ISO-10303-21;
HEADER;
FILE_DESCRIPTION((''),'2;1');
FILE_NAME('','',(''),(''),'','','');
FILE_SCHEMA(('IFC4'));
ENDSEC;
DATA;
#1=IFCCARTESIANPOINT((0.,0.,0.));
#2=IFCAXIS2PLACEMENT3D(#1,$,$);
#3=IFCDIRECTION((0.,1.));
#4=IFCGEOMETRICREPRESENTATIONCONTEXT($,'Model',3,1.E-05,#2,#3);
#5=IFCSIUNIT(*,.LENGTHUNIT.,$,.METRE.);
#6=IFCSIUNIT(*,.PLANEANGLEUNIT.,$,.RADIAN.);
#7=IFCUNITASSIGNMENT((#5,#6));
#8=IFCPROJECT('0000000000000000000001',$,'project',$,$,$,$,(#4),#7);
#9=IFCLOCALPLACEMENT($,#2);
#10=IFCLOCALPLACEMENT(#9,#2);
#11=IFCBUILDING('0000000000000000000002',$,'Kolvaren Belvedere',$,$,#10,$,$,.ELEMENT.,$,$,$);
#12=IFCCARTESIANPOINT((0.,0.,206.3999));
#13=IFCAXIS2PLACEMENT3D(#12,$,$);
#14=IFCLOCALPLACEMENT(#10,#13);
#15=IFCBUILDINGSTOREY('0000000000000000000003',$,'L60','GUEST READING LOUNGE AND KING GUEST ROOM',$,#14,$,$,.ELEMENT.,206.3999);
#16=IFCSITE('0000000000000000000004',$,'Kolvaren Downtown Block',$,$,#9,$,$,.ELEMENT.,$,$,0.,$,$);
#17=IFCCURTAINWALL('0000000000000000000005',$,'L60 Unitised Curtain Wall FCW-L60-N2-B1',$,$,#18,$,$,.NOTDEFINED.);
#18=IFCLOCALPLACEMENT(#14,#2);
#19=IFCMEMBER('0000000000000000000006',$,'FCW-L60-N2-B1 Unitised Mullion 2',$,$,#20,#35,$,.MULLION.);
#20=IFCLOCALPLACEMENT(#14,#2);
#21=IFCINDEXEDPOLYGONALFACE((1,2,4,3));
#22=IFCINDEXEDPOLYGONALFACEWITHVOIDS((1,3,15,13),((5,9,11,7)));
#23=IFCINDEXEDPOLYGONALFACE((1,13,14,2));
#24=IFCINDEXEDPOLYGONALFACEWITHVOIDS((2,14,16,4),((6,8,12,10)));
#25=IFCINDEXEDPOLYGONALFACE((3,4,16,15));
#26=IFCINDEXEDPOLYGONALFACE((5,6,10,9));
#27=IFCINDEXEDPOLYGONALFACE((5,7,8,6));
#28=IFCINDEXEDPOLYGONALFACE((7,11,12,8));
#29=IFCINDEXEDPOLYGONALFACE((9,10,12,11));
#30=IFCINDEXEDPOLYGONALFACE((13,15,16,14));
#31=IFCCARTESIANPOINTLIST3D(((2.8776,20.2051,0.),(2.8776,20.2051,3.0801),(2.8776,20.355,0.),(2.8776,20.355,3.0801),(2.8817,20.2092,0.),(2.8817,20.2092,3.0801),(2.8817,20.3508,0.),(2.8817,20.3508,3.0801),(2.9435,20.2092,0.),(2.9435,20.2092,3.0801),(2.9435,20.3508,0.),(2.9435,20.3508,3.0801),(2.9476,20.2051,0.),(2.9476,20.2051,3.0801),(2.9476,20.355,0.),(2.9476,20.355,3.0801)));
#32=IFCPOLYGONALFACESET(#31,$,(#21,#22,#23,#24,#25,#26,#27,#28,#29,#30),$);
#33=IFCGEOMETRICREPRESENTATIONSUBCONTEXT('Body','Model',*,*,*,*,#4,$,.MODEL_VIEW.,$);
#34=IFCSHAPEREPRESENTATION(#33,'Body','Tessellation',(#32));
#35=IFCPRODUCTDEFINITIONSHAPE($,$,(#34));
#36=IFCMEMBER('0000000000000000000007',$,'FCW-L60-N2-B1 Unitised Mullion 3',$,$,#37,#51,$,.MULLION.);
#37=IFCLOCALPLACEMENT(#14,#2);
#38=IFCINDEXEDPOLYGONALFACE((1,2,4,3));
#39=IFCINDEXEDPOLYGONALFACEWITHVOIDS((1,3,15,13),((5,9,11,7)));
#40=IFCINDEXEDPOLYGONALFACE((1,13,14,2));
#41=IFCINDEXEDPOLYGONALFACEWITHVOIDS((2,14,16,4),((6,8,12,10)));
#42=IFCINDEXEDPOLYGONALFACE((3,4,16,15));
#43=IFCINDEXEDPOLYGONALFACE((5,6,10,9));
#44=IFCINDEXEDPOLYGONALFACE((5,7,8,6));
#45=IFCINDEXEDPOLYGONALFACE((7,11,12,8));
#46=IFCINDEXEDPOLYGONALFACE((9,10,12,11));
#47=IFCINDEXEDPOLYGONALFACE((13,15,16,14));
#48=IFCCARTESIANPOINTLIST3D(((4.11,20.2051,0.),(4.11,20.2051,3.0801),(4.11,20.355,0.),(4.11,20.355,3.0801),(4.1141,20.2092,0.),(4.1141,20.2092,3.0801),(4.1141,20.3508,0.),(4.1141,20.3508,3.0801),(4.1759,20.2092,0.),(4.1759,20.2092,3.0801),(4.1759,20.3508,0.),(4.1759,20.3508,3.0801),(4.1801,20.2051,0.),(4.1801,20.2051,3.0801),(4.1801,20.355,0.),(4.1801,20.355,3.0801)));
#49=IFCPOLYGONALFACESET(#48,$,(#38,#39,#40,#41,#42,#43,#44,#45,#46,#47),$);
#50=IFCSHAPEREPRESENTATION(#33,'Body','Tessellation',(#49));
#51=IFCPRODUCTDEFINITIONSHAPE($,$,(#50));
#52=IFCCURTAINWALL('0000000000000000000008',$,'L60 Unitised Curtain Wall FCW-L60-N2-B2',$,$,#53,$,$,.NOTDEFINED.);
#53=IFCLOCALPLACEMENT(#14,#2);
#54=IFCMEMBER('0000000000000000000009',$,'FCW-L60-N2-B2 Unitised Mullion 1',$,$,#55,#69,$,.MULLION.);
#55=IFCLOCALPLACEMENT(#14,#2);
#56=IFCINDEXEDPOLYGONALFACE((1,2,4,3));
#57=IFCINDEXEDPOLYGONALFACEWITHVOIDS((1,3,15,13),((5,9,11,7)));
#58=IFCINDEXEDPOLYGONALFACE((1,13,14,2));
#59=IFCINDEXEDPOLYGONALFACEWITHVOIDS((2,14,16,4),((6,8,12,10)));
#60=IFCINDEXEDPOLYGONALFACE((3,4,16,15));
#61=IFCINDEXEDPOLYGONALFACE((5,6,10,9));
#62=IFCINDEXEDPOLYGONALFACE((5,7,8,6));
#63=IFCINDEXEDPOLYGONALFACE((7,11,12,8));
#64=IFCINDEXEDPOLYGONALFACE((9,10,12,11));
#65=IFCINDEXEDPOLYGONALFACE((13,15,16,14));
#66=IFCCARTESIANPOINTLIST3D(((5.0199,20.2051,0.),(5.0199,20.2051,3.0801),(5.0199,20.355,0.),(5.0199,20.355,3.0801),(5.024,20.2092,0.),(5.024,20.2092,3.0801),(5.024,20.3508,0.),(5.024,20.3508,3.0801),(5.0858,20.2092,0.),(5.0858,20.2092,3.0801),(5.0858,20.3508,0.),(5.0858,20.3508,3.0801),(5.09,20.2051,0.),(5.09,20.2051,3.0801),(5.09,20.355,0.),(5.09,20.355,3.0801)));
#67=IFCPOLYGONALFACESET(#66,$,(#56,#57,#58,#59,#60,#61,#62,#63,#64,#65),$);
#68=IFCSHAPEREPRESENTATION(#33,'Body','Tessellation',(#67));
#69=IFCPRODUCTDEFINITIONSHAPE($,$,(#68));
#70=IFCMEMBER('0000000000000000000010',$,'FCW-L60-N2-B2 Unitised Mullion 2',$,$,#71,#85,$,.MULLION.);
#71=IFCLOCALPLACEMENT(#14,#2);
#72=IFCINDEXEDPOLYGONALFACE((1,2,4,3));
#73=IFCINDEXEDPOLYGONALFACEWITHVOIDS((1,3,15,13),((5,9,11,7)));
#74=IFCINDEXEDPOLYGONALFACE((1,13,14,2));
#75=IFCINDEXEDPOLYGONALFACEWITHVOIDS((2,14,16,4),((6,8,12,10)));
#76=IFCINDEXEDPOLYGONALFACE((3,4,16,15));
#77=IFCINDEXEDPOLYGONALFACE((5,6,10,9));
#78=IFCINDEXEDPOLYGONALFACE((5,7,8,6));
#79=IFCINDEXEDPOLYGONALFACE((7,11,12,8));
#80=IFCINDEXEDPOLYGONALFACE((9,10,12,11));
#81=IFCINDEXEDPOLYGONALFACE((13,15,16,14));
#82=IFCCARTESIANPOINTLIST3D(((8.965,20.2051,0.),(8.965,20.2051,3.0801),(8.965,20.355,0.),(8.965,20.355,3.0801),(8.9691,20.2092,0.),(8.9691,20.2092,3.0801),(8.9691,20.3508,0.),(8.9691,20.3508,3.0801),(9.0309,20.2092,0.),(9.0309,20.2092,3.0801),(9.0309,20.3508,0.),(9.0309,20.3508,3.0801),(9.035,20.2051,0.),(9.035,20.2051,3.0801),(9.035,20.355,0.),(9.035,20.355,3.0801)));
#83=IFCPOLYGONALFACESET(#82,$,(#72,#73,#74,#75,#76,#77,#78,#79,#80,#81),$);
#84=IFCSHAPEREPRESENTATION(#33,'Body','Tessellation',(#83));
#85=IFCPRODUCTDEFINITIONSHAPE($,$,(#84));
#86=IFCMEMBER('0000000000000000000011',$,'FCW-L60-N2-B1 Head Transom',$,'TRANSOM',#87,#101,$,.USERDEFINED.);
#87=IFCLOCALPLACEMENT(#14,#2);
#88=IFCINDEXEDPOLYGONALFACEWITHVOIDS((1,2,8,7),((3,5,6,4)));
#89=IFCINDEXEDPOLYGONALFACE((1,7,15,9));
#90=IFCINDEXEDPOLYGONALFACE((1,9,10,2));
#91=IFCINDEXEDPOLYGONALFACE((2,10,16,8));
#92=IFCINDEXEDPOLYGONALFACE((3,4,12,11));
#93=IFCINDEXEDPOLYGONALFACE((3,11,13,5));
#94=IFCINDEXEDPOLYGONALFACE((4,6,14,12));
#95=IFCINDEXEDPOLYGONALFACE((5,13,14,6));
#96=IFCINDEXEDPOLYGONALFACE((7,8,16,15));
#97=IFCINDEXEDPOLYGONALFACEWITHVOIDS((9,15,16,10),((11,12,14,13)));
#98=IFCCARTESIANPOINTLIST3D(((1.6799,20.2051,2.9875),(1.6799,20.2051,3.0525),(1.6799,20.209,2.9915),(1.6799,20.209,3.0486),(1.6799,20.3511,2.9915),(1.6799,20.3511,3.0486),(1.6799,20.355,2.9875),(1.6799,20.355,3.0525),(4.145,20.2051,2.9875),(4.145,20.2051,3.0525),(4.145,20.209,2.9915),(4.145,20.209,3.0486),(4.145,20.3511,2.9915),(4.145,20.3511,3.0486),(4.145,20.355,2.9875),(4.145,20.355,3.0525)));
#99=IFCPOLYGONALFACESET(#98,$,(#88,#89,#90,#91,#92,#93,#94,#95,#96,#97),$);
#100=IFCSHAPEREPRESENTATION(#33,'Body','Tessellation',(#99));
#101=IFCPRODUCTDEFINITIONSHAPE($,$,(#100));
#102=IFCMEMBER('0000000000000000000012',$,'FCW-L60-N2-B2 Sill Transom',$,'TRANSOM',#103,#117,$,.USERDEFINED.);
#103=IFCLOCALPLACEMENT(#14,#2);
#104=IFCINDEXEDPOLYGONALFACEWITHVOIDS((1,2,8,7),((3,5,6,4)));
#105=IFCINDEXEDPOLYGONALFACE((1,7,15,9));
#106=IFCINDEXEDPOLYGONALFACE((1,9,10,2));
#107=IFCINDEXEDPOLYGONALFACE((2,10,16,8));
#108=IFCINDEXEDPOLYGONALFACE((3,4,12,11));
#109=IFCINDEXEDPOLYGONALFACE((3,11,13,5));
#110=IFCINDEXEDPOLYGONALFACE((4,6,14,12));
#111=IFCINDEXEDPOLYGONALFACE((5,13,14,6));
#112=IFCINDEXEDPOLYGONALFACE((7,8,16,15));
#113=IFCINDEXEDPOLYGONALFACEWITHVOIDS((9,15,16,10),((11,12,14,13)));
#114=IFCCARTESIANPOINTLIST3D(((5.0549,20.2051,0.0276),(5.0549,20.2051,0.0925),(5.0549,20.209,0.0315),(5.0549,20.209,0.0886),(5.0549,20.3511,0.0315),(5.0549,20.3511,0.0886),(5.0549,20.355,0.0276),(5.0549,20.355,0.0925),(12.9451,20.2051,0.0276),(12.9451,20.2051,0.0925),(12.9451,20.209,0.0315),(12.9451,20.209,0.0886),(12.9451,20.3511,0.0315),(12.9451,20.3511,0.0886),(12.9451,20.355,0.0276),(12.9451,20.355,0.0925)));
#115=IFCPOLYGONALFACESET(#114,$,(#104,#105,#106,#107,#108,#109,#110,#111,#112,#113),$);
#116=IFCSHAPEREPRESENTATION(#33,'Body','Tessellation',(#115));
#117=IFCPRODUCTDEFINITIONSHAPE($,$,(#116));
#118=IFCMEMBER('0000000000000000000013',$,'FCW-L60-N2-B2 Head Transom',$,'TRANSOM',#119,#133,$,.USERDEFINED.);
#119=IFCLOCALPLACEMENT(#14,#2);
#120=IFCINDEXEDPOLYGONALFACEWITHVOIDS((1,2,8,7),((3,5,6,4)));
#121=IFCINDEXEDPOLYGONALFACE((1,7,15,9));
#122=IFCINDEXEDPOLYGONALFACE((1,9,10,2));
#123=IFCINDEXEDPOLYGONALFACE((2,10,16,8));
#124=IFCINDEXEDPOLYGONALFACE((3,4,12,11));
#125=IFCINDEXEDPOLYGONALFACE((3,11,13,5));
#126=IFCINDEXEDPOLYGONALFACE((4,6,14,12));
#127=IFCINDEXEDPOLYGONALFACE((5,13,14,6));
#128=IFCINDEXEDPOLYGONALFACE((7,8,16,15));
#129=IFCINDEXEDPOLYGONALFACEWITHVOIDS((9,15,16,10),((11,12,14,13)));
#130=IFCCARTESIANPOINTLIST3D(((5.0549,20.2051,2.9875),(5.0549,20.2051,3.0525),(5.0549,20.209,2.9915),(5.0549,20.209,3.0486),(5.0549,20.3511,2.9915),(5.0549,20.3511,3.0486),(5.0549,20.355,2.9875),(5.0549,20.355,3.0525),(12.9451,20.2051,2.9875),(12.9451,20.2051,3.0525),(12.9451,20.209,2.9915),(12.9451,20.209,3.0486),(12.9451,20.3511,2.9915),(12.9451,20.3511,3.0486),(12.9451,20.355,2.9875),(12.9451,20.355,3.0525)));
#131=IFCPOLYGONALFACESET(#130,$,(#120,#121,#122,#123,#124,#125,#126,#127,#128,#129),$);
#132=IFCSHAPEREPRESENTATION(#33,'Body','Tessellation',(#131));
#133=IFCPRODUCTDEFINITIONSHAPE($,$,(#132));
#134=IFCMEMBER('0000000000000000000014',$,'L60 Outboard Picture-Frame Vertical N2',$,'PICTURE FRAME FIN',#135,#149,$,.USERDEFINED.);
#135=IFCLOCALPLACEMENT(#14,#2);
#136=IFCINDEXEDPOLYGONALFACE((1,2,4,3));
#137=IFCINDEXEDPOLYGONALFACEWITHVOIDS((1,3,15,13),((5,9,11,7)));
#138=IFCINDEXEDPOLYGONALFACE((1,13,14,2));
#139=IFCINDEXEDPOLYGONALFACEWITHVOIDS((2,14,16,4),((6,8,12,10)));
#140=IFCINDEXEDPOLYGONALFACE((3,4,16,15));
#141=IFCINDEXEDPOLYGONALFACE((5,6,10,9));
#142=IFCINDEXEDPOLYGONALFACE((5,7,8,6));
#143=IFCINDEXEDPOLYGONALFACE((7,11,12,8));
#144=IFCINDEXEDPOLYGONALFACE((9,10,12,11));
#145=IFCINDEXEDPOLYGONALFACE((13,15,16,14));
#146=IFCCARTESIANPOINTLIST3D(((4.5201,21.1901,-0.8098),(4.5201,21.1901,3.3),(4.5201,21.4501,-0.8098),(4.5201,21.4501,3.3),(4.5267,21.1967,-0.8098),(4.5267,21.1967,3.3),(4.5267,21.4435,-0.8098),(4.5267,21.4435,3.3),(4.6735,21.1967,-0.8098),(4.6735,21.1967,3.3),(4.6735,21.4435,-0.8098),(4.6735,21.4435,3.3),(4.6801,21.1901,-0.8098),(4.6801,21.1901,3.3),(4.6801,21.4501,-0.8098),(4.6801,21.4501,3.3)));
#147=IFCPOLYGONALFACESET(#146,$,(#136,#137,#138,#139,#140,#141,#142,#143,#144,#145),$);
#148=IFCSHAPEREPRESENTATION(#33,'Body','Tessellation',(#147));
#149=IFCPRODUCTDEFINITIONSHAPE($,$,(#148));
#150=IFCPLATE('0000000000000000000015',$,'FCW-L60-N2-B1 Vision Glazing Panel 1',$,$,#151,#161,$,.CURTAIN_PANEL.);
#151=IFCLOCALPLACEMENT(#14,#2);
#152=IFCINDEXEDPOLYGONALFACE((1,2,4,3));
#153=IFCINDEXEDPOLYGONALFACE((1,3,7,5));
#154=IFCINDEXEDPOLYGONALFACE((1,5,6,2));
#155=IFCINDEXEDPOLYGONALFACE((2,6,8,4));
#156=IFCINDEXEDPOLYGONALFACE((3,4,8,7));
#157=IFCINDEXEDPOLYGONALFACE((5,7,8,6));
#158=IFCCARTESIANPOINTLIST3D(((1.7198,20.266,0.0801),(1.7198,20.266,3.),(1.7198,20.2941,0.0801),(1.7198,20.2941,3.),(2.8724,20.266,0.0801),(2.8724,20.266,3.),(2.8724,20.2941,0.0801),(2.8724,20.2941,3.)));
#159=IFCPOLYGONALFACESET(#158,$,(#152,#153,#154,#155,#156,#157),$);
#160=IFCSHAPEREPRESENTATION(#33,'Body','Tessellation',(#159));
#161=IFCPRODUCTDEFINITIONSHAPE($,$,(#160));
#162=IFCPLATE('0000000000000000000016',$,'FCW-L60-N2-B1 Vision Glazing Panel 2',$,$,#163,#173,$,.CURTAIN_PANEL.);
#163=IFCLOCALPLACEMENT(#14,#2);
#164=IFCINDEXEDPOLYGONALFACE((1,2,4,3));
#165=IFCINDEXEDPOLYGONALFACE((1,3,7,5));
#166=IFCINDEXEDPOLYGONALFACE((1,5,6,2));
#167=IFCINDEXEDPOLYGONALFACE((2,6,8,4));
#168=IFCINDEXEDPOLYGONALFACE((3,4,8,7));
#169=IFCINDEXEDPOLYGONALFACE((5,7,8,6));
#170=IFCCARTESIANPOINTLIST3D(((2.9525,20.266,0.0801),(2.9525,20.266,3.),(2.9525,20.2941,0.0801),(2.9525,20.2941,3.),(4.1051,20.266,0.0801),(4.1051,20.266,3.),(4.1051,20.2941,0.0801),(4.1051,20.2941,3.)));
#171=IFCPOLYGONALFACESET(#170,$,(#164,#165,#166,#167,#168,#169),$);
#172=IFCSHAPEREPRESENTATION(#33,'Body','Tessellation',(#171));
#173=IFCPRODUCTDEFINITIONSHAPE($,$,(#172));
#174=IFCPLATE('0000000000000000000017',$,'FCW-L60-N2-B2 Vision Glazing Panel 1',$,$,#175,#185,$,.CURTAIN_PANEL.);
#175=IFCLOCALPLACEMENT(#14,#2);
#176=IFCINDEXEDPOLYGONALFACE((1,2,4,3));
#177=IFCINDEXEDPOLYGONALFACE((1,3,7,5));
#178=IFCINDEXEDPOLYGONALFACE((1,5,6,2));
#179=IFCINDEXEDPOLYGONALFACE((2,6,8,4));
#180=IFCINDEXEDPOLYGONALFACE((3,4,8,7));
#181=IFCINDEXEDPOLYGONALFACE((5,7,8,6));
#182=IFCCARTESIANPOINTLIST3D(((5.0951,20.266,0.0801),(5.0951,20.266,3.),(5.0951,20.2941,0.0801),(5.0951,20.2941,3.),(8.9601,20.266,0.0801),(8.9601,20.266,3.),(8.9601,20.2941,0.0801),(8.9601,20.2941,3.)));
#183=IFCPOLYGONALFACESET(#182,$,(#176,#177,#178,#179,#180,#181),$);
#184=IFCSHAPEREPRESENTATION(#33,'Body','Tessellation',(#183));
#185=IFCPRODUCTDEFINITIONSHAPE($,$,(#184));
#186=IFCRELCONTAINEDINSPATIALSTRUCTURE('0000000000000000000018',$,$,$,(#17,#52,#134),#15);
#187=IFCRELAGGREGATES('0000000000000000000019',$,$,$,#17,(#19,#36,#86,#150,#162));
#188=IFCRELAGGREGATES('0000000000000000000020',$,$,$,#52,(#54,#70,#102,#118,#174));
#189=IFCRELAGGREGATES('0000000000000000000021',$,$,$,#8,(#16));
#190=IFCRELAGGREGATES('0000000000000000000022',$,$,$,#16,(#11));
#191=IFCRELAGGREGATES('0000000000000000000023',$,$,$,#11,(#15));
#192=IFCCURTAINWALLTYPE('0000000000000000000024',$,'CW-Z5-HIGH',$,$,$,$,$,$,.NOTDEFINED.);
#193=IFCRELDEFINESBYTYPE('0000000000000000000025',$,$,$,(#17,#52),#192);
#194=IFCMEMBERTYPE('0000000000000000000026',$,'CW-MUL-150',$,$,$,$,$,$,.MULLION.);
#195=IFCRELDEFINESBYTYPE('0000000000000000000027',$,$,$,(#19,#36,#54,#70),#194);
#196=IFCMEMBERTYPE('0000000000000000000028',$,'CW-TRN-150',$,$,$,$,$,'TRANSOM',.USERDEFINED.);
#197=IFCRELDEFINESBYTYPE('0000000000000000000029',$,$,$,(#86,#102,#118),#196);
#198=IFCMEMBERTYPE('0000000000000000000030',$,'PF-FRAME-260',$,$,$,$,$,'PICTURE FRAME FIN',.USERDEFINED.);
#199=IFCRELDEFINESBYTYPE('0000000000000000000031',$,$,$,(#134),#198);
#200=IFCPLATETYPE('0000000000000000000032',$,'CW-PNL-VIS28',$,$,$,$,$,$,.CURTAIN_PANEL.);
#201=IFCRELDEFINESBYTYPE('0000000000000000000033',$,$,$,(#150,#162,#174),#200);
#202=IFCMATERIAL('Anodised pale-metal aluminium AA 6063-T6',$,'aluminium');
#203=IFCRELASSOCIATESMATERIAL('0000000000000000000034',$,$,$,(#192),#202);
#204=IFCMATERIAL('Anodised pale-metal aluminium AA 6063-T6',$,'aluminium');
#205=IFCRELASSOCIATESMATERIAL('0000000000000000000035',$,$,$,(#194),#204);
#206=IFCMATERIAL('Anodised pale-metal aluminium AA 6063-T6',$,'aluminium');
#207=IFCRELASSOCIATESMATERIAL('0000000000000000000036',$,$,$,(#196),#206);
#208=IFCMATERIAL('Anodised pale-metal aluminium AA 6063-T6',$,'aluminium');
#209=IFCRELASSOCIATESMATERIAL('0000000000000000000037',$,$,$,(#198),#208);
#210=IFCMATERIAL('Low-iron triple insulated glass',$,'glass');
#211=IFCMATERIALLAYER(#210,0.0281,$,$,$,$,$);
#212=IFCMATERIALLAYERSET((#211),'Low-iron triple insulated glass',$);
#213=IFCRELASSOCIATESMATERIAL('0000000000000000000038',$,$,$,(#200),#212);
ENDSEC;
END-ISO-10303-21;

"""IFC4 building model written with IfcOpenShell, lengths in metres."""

from ifc_helpers import new_model, si_unit, direction, frame, origin, origin_2d, place, context, subcontext, project, spatial, rectangle, hollow_rectangle, extrude, material, layer, layer_set, material_profile, profile_set, type_object, element, aggregate, save


model = new_model("IFC4")

# Units and contexts
model_context = context("Model", 3, precision=1e-05, world=origin(), true_north=direction((0.0, 1.0)))
body_context = subcontext(model_context, "Body", "Model", "MODEL_VIEW")
ifc_project = project(units=[si_unit("LENGTHUNIT", "METRE"), si_unit("PLANEANGLEUNIT", "RADIAN")], contexts=[model_context])

# Site, building, storey
site_placement = place(None, origin())
site = spatial("IfcSite", under=ifc_project, at=site_placement, Name="Kolvaren Downtown Block", CompositionType="ELEMENT", RefElevation=0.0)
building_placement = place(site_placement, origin())
building = spatial("IfcBuilding", under=site, at=building_placement, Name="Kolvaren Belvedere", CompositionType="ELEMENT")
storey_placement = place(building_placement, frame((0.0, 0.0, 206.3999)))
storey = spatial("IfcBuildingStorey", under=building, at=storey_placement, Name="L60", Description="GUEST READING LOUNGE AND KING GUEST ROOM", CompositionType="ELEMENT", Elevation=206.3999)

# Curtain walls, members
ifc_material_1 = material(Name="Anodised pale-metal aluminium AA 6063-T6", Category="aluminium")
curtain_wall_type = type_object("IfcCurtainWallType", Name="CW-Z5-HIGH", PredefinedType="NOTDEFINED", material=ifc_material_1)
curtain_wall_1_placement = place(storey_placement, origin())
curtain_wall_1 = element("IfcCurtainWall", 1, at=curtain_wall_1_placement, inside=storey, type_object=curtain_wall_type, Name="L60 Unitised Curtain Wall FCW-L60-N2-B1", PredefinedType="NOTDEFINED")
ifc_material_2 = material(Name="Anodised pale-metal aluminium AA 6063-T6", Category="aluminium")
ifc_material_profile_1 = material_profile(ifc_material_2, hollow_rectangle(XDim=0.0701, YDim=0.1499, WallThickness=0.0042, at=origin_2d()), Name="ALU-MUL-150X70")
ifc_profile_set_1 = profile_set([ifc_material_profile_1], Name="Anodised pale-metal aluminium AA 6063-T6")
member_type_1 = type_object("IfcMemberType", Name="CW-MUL-150", PredefinedType="MULLION", material=ifc_profile_set_1)
member_1_placement = place(storey_placement, frame((2.9126, 20.28, 0.0), z_axis=(0.0, 0.0, 1.0), x_axis=(1.0, 0.0, 0.0)))
member_1 = element("IfcMember", 2, at=member_1_placement, type_object=member_type_1, Name="FCW-L60-N2-B1 Unitised Mullion 2", PredefinedType="MULLION", context=body_context, shape_type="SweptSolid", body=[
    extrude(hollow_rectangle(XDim=0.0701, YDim=0.1499, WallThickness=0.0042, at=origin_2d()), origin(), (0.0, 0.0, 1.0), 3.0801),
])
member_2_placement = place(storey_placement, frame((4.145, 20.28, 0.0), z_axis=(0.0, 0.0, 1.0), x_axis=(1.0, 0.0, 0.0)))
member_2 = element("IfcMember", 3, at=member_2_placement, type_object=member_type_1, Name="FCW-L60-N2-B1 Unitised Mullion 3", PredefinedType="MULLION", context=body_context, shape_type="SweptSolid", body=[
    extrude(hollow_rectangle(XDim=0.0701, YDim=0.1499, WallThickness=0.0042, at=origin_2d()), origin(), (0.0, 0.0, 1.0), 3.0801),
])
curtain_wall_2_placement = place(storey_placement, origin())
curtain_wall_2 = element("IfcCurtainWall", 4, at=curtain_wall_2_placement, inside=storey, type_object=curtain_wall_type, Name="L60 Unitised Curtain Wall FCW-L60-N2-B2", PredefinedType="NOTDEFINED")
member_3_placement = place(storey_placement, frame((5.0549, 20.28, 0.0), z_axis=(0.0, 0.0, 1.0), x_axis=(1.0, 0.0, 0.0)))
member_3 = element("IfcMember", 5, at=member_3_placement, type_object=member_type_1, Name="FCW-L60-N2-B2 Unitised Mullion 1", PredefinedType="MULLION", context=body_context, shape_type="SweptSolid", body=[
    extrude(hollow_rectangle(XDim=0.0701, YDim=0.1499, WallThickness=0.0042, at=origin_2d()), origin(), (0.0, 0.0, 1.0), 3.0801),
])
member_4_placement = place(storey_placement, frame((9.0, 20.28, 0.0), z_axis=(0.0, 0.0, 1.0), x_axis=(1.0, 0.0, 0.0)))
member_4 = element("IfcMember", 6, at=member_4_placement, type_object=member_type_1, Name="FCW-L60-N2-B2 Unitised Mullion 2", PredefinedType="MULLION", context=body_context, shape_type="SweptSolid", body=[
    extrude(hollow_rectangle(XDim=0.0701, YDim=0.1499, WallThickness=0.0042, at=origin_2d()), origin(), (0.0, 0.0, 1.0), 3.0801),
])

# Members
ifc_material_3 = material(Name="Anodised pale-metal aluminium AA 6063-T6", Category="aluminium")
ifc_material_profile_2 = material_profile(ifc_material_3, hollow_rectangle(XDim=0.0649, YDim=0.1499, WallThickness=0.0039, at=origin_2d()), Name="ALU-TRN-150X65")
ifc_profile_set_2 = profile_set([ifc_material_profile_2], Name="Anodised pale-metal aluminium AA 6063-T6")
member_type_2 = type_object("IfcMemberType", Name="CW-TRN-150", ElementType="TRANSOM", PredefinedType="USERDEFINED", material=ifc_profile_set_2)
member_5_placement = place(storey_placement, frame((1.6799, 20.28, 3.02), z_axis=(1.0, 0.0, 0.0), x_axis=(0.0, 0.0, 1.0)))
member_5 = element("IfcMember", 7, at=member_5_placement, type_object=member_type_2, Name="FCW-L60-N2-B1 Head Transom", ObjectType="TRANSOM", PredefinedType="USERDEFINED", context=body_context, shape_type="SweptSolid", body=[
    extrude(hollow_rectangle(XDim=0.0649, YDim=0.1499, WallThickness=0.0039, at=origin_2d()), origin(), (0.0, 0.0, 1.0), 2.4651),
])
member_6_placement = place(storey_placement, frame((5.0549, 20.28, 0.0601), z_axis=(1.0, 0.0, 0.0), x_axis=(0.0, 0.0, 1.0)))
member_6 = element("IfcMember", 8, at=member_6_placement, type_object=member_type_2, Name="FCW-L60-N2-B2 Sill Transom", ObjectType="TRANSOM", PredefinedType="USERDEFINED", context=body_context, shape_type="SweptSolid", body=[
    extrude(hollow_rectangle(XDim=0.0649, YDim=0.1499, WallThickness=0.0039, at=origin_2d()), origin(), (0.0, 0.0, 1.0), 7.8901),
])
member_7_placement = place(storey_placement, frame((5.0549, 20.28, 3.02), z_axis=(1.0, 0.0, 0.0), x_axis=(0.0, 0.0, 1.0)))
member_7 = element("IfcMember", 9, at=member_7_placement, type_object=member_type_2, Name="FCW-L60-N2-B2 Head Transom", ObjectType="TRANSOM", PredefinedType="USERDEFINED", context=body_context, shape_type="SweptSolid", body=[
    extrude(hollow_rectangle(XDim=0.0649, YDim=0.1499, WallThickness=0.0039, at=origin_2d()), origin(), (0.0, 0.0, 1.0), 7.8901),
])
ifc_material_4 = material(Name="Anodised pale-metal aluminium AA 6063-T6", Category="aluminium")
ifc_material_profile_3 = material_profile(ifc_material_4, hollow_rectangle(XDim=0.1599, YDim=0.26, WallThickness=0.0066, at=origin_2d()), Name="ALU-PF-260X160")
ifc_profile_set_3 = profile_set([ifc_material_profile_3], Name="Anodised pale-metal aluminium AA 6063-T6")
member_type_3 = type_object("IfcMemberType", Name="PF-FRAME-260", ElementType="PICTURE FRAME FIN", PredefinedType="USERDEFINED", material=ifc_profile_set_3)
member_8_placement = place(storey_placement, frame((4.6001, 21.3201, -0.8098), z_axis=(0.0, 0.0, 1.0), x_axis=(1.0, 0.0, 0.0)))
element("IfcMember", 10, at=member_8_placement, inside=storey, type_object=member_type_3, Name="L60 Outboard Picture-Frame Vertical N2", ObjectType="PICTURE FRAME FIN", PredefinedType="USERDEFINED", context=body_context, shape_type="SweptSolid", body=[
    extrude(hollow_rectangle(XDim=0.1599, YDim=0.26, WallThickness=0.0066, at=origin_2d()), origin(), (0.0, 0.0, 1.0), 4.1099),
])

# Plates
ifc_material_5 = material(Name="Low-iron triple insulated glass", Category="glass")
ifc_layer_1 = layer(ifc_material_5, 0.0281)
ifc_layer_set_1 = layer_set([ifc_layer_1], Name="Low-iron triple insulated glass")
plate_type_1 = type_object("IfcPlateType", Name="CW-PNL-VIS28", PredefinedType="CURTAIN_PANEL", material=ifc_layer_set_1)
plate_1_placement = place(storey_placement, frame((2.2961, 20.28, 0.0801), z_axis=(0.0, 0.0, 1.0), x_axis=(1.0, 0.0, 0.0)))
plate_1 = element("IfcPlate", 11, at=plate_1_placement, type_object=plate_type_1, Name="FCW-L60-N2-B1 Vision Glazing Panel 1", PredefinedType="CURTAIN_PANEL", context=body_context, shape_type="SweptSolid", body=[
    extrude(rectangle(XDim=1.1526, YDim=0.0281, at=origin_2d()), origin(), (0.0, 0.0, 1.0), 2.9199),
])
plate_2_placement = place(storey_placement, frame((3.5288, 20.28, 0.0801), z_axis=(0.0, 0.0, 1.0), x_axis=(1.0, 0.0, 0.0)))
plate_2 = element("IfcPlate", 12, at=plate_2_placement, type_object=plate_type_1, Name="FCW-L60-N2-B1 Vision Glazing Panel 2", PredefinedType="CURTAIN_PANEL", context=body_context, shape_type="SweptSolid", body=[
    extrude(rectangle(XDim=1.1526, YDim=0.0281, at=origin_2d()), origin(), (0.0, 0.0, 1.0), 2.9199),
])
aggregate(curtain_wall_1, [member_1, member_2, member_5, plate_1, plate_2])
plate_3_placement = place(storey_placement, frame((7.0276, 20.28, 0.0801), z_axis=(0.0, 0.0, 1.0), x_axis=(1.0, 0.0, 0.0)))
plate_3 = element("IfcPlate", 13, at=plate_3_placement, type_object=plate_type_1, Name="FCW-L60-N2-B2 Vision Glazing Panel 1", PredefinedType="CURTAIN_PANEL", context=body_context, shape_type="SweptSolid", body=[
    extrude(rectangle(XDim=3.865, YDim=0.0281, at=origin_2d()), origin(), (0.0, 0.0, 1.0), 2.9199),
])
aggregate(curtain_wall_2, [member_3, member_4, member_6, member_7, plate_3])

save(model, "model.ifc")
